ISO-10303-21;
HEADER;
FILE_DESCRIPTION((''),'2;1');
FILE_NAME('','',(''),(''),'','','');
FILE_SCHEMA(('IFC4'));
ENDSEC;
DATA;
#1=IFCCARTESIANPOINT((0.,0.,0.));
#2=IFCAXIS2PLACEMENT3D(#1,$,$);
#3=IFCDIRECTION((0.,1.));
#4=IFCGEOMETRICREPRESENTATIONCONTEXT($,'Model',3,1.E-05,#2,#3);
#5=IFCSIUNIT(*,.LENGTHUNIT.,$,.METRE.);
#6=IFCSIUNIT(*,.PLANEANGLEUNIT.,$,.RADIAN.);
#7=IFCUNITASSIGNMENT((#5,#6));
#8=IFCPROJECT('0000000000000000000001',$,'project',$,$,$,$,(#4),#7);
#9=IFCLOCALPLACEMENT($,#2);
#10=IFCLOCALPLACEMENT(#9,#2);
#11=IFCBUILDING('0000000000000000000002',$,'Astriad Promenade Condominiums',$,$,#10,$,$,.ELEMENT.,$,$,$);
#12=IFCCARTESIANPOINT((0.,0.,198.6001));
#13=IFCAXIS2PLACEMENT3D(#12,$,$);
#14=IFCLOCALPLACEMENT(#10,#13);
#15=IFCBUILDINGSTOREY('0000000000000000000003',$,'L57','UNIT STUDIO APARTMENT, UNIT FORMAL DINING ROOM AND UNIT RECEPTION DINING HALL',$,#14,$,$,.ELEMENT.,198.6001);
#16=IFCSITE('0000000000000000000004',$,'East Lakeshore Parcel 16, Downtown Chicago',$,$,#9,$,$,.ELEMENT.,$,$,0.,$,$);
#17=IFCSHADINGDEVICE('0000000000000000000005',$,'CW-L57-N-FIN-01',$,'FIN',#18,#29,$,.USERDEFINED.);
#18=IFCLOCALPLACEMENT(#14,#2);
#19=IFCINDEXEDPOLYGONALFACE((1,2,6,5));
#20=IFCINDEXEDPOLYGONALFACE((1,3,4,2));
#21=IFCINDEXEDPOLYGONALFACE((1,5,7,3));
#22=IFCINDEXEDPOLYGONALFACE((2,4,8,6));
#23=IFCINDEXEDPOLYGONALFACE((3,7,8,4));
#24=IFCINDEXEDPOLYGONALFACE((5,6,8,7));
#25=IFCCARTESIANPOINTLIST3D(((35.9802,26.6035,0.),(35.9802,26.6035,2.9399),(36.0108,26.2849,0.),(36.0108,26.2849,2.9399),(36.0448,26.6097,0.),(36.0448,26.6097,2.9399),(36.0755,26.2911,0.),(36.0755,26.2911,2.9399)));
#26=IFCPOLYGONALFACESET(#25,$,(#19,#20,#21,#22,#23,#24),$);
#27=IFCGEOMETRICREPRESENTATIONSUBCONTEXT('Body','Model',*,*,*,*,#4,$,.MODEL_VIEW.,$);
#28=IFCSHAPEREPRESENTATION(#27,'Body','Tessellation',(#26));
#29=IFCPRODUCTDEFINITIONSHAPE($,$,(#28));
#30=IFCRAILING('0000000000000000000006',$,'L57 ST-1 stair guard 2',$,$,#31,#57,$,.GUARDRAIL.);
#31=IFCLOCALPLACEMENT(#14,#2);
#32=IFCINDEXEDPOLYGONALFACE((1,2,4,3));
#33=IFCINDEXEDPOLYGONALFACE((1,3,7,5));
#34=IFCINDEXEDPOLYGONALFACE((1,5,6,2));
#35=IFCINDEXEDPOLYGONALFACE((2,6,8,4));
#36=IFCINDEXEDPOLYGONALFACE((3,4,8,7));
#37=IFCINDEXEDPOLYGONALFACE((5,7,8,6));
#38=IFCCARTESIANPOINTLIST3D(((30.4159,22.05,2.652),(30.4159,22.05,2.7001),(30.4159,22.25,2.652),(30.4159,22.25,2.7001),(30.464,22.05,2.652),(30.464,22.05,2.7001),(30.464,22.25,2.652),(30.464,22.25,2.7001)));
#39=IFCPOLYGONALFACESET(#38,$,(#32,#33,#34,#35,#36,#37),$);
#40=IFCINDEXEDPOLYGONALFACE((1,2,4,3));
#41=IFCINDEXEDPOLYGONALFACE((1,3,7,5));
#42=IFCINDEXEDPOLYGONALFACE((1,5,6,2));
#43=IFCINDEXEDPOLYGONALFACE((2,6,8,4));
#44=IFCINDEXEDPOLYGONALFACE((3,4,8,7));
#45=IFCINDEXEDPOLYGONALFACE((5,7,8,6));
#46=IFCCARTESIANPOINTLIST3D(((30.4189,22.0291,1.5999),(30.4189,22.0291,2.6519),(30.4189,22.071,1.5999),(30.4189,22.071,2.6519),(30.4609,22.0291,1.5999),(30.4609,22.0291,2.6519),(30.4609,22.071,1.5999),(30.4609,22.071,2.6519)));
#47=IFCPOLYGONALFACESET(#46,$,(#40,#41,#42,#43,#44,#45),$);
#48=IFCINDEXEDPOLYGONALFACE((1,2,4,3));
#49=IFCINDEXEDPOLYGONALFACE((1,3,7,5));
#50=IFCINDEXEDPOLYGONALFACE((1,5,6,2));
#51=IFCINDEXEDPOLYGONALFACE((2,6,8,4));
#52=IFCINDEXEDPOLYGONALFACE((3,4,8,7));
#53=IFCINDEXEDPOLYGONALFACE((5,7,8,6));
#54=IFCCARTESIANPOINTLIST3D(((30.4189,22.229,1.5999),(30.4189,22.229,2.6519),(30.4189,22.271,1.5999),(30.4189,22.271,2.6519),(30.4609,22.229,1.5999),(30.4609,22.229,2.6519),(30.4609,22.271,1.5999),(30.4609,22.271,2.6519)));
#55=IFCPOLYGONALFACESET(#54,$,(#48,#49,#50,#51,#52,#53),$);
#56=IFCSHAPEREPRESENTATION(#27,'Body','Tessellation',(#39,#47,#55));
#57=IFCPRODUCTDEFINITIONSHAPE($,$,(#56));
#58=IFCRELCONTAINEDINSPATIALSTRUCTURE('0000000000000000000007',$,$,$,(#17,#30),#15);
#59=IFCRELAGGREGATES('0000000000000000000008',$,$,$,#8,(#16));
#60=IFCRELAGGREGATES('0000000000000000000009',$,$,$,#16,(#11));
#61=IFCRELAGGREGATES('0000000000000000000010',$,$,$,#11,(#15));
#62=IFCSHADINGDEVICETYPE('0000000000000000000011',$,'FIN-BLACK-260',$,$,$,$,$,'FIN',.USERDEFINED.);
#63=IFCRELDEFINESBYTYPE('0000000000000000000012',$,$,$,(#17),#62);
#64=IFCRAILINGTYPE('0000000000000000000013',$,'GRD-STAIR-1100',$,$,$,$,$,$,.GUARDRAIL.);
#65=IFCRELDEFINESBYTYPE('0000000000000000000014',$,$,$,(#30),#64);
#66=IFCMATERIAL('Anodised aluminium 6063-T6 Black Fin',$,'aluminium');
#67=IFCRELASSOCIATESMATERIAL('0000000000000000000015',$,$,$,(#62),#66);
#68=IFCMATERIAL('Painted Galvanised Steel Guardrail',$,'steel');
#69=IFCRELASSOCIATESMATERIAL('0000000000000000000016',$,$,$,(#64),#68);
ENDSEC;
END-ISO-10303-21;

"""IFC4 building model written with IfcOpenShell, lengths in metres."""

from ifc_helpers import new_model, si_unit, direction, frame, origin, origin_2d, place, context, subcontext, project, spatial, rectangle, extrude, source, transform, mapped, material, type_object, type_shapes, element, save


model = new_model("IFC4")

# Units and contexts
model_context = context("Model", 3, precision=1e-05, world=origin(), true_north=direction((0.0, 1.0)))
body_context = subcontext(model_context, "Body", "Model", "MODEL_VIEW")
ifc_project = project(units=[si_unit("LENGTHUNIT", "METRE"), si_unit("PLANEANGLEUNIT", "RADIAN")], contexts=[model_context])

# Site, building, storey
site_placement = place(None, origin())
site = spatial("IfcSite", under=ifc_project, at=site_placement, Name="East Lakeshore Parcel 16, Downtown Chicago", CompositionType="ELEMENT", RefElevation=0.0)
building_placement = place(site_placement, origin())
building = spatial("IfcBuilding", under=site, at=building_placement, Name="Astriad Promenade Condominiums", CompositionType="ELEMENT")
storey_placement = place(building_placement, frame((0.0, 0.0, 198.6001)))
storey = spatial("IfcBuildingStorey", under=building, at=storey_placement, Name="L57", Description="UNIT STUDIO APARTMENT, UNIT FORMAL DINING ROOM AND UNIT RECEPTION DINING HALL", CompositionType="ELEMENT", Elevation=198.6001)

# Shading device
ifc_material_1 = material(Name="Anodised aluminium 6063-T6 Black Fin", Category="aluminium")
shading_device_type = type_object("IfcShadingDeviceType", Name="FIN-BLACK-260", ElementType="FIN", PredefinedType="USERDEFINED", material=ifc_material_1)
shared_shape_1 = source(origin(), body_context, "Body", "SweptSolid", [
    extrude(rectangle(XDim=0.0649, YDim=0.3201, at=origin_2d()), origin(), (0.0, 0.0, 1.0), 2.9399),
])
type_shapes(shading_device_type, [shared_shape_1])
shading_device_placement = place(storey_placement, frame((36.0278, 26.4473, 0.0), z_axis=(0.0, 0.0, 1.0), x_axis=(0.995396, 0.095846, 0.0)))
element("IfcShadingDevice", 1, at=shading_device_placement, inside=storey, type_object=shading_device_type, Name="CW-L57-N-FIN-01", ObjectType="FIN", PredefinedType="USERDEFINED", context=body_context, shape_type="MappedRepresentation", body=[
    mapped(shared_shape_1, transform((0.0, 0.0, 0.0), scale=1.0)),
])

# Railing
ifc_material_2 = material(Name="Painted Galvanised Steel Guardrail", Category="steel")
railing_type = type_object("IfcRailingType", Name="GRD-STAIR-1100", PredefinedType="GUARDRAIL", material=ifc_material_2)
shared_shape_2 = source(origin(), body_context, "Body", "SweptSolid", [
    extrude(rectangle(XDim=0.0481, YDim=0.0481, at=origin_2d()), frame((0.0, 0.0, 1.0762), z_axis=(0.0, 1.0, 0.0), x_axis=(-1.0, 0.0, 0.0)), (0.0, 0.0, 1.0), 0.2),
    extrude(rectangle(XDim=0.042, YDim=0.042, at=origin_2d()), origin(), (0.0, 0.0, 1.0), 1.052),
    extrude(rectangle(XDim=0.042, YDim=0.042, at=origin_2d()), frame((0.0, 0.2, 0.0)), (0.0, 0.0, 1.0), 1.052),
])
type_shapes(railing_type, [shared_shape_2])
railing_placement = place(storey_placement, frame((30.4399, 22.05, 1.5999)))
element("IfcRailing", 2, at=railing_placement, inside=storey, type_object=railing_type, Name="L57 ST-1 stair guard 2", PredefinedType="GUARDRAIL", context=body_context, shape_type="MappedRepresentation", body=[
    mapped(shared_shape_2, transform((0.0, 0.0, 0.0), scale=1.0)),
])

save(model, "model.ifc")
